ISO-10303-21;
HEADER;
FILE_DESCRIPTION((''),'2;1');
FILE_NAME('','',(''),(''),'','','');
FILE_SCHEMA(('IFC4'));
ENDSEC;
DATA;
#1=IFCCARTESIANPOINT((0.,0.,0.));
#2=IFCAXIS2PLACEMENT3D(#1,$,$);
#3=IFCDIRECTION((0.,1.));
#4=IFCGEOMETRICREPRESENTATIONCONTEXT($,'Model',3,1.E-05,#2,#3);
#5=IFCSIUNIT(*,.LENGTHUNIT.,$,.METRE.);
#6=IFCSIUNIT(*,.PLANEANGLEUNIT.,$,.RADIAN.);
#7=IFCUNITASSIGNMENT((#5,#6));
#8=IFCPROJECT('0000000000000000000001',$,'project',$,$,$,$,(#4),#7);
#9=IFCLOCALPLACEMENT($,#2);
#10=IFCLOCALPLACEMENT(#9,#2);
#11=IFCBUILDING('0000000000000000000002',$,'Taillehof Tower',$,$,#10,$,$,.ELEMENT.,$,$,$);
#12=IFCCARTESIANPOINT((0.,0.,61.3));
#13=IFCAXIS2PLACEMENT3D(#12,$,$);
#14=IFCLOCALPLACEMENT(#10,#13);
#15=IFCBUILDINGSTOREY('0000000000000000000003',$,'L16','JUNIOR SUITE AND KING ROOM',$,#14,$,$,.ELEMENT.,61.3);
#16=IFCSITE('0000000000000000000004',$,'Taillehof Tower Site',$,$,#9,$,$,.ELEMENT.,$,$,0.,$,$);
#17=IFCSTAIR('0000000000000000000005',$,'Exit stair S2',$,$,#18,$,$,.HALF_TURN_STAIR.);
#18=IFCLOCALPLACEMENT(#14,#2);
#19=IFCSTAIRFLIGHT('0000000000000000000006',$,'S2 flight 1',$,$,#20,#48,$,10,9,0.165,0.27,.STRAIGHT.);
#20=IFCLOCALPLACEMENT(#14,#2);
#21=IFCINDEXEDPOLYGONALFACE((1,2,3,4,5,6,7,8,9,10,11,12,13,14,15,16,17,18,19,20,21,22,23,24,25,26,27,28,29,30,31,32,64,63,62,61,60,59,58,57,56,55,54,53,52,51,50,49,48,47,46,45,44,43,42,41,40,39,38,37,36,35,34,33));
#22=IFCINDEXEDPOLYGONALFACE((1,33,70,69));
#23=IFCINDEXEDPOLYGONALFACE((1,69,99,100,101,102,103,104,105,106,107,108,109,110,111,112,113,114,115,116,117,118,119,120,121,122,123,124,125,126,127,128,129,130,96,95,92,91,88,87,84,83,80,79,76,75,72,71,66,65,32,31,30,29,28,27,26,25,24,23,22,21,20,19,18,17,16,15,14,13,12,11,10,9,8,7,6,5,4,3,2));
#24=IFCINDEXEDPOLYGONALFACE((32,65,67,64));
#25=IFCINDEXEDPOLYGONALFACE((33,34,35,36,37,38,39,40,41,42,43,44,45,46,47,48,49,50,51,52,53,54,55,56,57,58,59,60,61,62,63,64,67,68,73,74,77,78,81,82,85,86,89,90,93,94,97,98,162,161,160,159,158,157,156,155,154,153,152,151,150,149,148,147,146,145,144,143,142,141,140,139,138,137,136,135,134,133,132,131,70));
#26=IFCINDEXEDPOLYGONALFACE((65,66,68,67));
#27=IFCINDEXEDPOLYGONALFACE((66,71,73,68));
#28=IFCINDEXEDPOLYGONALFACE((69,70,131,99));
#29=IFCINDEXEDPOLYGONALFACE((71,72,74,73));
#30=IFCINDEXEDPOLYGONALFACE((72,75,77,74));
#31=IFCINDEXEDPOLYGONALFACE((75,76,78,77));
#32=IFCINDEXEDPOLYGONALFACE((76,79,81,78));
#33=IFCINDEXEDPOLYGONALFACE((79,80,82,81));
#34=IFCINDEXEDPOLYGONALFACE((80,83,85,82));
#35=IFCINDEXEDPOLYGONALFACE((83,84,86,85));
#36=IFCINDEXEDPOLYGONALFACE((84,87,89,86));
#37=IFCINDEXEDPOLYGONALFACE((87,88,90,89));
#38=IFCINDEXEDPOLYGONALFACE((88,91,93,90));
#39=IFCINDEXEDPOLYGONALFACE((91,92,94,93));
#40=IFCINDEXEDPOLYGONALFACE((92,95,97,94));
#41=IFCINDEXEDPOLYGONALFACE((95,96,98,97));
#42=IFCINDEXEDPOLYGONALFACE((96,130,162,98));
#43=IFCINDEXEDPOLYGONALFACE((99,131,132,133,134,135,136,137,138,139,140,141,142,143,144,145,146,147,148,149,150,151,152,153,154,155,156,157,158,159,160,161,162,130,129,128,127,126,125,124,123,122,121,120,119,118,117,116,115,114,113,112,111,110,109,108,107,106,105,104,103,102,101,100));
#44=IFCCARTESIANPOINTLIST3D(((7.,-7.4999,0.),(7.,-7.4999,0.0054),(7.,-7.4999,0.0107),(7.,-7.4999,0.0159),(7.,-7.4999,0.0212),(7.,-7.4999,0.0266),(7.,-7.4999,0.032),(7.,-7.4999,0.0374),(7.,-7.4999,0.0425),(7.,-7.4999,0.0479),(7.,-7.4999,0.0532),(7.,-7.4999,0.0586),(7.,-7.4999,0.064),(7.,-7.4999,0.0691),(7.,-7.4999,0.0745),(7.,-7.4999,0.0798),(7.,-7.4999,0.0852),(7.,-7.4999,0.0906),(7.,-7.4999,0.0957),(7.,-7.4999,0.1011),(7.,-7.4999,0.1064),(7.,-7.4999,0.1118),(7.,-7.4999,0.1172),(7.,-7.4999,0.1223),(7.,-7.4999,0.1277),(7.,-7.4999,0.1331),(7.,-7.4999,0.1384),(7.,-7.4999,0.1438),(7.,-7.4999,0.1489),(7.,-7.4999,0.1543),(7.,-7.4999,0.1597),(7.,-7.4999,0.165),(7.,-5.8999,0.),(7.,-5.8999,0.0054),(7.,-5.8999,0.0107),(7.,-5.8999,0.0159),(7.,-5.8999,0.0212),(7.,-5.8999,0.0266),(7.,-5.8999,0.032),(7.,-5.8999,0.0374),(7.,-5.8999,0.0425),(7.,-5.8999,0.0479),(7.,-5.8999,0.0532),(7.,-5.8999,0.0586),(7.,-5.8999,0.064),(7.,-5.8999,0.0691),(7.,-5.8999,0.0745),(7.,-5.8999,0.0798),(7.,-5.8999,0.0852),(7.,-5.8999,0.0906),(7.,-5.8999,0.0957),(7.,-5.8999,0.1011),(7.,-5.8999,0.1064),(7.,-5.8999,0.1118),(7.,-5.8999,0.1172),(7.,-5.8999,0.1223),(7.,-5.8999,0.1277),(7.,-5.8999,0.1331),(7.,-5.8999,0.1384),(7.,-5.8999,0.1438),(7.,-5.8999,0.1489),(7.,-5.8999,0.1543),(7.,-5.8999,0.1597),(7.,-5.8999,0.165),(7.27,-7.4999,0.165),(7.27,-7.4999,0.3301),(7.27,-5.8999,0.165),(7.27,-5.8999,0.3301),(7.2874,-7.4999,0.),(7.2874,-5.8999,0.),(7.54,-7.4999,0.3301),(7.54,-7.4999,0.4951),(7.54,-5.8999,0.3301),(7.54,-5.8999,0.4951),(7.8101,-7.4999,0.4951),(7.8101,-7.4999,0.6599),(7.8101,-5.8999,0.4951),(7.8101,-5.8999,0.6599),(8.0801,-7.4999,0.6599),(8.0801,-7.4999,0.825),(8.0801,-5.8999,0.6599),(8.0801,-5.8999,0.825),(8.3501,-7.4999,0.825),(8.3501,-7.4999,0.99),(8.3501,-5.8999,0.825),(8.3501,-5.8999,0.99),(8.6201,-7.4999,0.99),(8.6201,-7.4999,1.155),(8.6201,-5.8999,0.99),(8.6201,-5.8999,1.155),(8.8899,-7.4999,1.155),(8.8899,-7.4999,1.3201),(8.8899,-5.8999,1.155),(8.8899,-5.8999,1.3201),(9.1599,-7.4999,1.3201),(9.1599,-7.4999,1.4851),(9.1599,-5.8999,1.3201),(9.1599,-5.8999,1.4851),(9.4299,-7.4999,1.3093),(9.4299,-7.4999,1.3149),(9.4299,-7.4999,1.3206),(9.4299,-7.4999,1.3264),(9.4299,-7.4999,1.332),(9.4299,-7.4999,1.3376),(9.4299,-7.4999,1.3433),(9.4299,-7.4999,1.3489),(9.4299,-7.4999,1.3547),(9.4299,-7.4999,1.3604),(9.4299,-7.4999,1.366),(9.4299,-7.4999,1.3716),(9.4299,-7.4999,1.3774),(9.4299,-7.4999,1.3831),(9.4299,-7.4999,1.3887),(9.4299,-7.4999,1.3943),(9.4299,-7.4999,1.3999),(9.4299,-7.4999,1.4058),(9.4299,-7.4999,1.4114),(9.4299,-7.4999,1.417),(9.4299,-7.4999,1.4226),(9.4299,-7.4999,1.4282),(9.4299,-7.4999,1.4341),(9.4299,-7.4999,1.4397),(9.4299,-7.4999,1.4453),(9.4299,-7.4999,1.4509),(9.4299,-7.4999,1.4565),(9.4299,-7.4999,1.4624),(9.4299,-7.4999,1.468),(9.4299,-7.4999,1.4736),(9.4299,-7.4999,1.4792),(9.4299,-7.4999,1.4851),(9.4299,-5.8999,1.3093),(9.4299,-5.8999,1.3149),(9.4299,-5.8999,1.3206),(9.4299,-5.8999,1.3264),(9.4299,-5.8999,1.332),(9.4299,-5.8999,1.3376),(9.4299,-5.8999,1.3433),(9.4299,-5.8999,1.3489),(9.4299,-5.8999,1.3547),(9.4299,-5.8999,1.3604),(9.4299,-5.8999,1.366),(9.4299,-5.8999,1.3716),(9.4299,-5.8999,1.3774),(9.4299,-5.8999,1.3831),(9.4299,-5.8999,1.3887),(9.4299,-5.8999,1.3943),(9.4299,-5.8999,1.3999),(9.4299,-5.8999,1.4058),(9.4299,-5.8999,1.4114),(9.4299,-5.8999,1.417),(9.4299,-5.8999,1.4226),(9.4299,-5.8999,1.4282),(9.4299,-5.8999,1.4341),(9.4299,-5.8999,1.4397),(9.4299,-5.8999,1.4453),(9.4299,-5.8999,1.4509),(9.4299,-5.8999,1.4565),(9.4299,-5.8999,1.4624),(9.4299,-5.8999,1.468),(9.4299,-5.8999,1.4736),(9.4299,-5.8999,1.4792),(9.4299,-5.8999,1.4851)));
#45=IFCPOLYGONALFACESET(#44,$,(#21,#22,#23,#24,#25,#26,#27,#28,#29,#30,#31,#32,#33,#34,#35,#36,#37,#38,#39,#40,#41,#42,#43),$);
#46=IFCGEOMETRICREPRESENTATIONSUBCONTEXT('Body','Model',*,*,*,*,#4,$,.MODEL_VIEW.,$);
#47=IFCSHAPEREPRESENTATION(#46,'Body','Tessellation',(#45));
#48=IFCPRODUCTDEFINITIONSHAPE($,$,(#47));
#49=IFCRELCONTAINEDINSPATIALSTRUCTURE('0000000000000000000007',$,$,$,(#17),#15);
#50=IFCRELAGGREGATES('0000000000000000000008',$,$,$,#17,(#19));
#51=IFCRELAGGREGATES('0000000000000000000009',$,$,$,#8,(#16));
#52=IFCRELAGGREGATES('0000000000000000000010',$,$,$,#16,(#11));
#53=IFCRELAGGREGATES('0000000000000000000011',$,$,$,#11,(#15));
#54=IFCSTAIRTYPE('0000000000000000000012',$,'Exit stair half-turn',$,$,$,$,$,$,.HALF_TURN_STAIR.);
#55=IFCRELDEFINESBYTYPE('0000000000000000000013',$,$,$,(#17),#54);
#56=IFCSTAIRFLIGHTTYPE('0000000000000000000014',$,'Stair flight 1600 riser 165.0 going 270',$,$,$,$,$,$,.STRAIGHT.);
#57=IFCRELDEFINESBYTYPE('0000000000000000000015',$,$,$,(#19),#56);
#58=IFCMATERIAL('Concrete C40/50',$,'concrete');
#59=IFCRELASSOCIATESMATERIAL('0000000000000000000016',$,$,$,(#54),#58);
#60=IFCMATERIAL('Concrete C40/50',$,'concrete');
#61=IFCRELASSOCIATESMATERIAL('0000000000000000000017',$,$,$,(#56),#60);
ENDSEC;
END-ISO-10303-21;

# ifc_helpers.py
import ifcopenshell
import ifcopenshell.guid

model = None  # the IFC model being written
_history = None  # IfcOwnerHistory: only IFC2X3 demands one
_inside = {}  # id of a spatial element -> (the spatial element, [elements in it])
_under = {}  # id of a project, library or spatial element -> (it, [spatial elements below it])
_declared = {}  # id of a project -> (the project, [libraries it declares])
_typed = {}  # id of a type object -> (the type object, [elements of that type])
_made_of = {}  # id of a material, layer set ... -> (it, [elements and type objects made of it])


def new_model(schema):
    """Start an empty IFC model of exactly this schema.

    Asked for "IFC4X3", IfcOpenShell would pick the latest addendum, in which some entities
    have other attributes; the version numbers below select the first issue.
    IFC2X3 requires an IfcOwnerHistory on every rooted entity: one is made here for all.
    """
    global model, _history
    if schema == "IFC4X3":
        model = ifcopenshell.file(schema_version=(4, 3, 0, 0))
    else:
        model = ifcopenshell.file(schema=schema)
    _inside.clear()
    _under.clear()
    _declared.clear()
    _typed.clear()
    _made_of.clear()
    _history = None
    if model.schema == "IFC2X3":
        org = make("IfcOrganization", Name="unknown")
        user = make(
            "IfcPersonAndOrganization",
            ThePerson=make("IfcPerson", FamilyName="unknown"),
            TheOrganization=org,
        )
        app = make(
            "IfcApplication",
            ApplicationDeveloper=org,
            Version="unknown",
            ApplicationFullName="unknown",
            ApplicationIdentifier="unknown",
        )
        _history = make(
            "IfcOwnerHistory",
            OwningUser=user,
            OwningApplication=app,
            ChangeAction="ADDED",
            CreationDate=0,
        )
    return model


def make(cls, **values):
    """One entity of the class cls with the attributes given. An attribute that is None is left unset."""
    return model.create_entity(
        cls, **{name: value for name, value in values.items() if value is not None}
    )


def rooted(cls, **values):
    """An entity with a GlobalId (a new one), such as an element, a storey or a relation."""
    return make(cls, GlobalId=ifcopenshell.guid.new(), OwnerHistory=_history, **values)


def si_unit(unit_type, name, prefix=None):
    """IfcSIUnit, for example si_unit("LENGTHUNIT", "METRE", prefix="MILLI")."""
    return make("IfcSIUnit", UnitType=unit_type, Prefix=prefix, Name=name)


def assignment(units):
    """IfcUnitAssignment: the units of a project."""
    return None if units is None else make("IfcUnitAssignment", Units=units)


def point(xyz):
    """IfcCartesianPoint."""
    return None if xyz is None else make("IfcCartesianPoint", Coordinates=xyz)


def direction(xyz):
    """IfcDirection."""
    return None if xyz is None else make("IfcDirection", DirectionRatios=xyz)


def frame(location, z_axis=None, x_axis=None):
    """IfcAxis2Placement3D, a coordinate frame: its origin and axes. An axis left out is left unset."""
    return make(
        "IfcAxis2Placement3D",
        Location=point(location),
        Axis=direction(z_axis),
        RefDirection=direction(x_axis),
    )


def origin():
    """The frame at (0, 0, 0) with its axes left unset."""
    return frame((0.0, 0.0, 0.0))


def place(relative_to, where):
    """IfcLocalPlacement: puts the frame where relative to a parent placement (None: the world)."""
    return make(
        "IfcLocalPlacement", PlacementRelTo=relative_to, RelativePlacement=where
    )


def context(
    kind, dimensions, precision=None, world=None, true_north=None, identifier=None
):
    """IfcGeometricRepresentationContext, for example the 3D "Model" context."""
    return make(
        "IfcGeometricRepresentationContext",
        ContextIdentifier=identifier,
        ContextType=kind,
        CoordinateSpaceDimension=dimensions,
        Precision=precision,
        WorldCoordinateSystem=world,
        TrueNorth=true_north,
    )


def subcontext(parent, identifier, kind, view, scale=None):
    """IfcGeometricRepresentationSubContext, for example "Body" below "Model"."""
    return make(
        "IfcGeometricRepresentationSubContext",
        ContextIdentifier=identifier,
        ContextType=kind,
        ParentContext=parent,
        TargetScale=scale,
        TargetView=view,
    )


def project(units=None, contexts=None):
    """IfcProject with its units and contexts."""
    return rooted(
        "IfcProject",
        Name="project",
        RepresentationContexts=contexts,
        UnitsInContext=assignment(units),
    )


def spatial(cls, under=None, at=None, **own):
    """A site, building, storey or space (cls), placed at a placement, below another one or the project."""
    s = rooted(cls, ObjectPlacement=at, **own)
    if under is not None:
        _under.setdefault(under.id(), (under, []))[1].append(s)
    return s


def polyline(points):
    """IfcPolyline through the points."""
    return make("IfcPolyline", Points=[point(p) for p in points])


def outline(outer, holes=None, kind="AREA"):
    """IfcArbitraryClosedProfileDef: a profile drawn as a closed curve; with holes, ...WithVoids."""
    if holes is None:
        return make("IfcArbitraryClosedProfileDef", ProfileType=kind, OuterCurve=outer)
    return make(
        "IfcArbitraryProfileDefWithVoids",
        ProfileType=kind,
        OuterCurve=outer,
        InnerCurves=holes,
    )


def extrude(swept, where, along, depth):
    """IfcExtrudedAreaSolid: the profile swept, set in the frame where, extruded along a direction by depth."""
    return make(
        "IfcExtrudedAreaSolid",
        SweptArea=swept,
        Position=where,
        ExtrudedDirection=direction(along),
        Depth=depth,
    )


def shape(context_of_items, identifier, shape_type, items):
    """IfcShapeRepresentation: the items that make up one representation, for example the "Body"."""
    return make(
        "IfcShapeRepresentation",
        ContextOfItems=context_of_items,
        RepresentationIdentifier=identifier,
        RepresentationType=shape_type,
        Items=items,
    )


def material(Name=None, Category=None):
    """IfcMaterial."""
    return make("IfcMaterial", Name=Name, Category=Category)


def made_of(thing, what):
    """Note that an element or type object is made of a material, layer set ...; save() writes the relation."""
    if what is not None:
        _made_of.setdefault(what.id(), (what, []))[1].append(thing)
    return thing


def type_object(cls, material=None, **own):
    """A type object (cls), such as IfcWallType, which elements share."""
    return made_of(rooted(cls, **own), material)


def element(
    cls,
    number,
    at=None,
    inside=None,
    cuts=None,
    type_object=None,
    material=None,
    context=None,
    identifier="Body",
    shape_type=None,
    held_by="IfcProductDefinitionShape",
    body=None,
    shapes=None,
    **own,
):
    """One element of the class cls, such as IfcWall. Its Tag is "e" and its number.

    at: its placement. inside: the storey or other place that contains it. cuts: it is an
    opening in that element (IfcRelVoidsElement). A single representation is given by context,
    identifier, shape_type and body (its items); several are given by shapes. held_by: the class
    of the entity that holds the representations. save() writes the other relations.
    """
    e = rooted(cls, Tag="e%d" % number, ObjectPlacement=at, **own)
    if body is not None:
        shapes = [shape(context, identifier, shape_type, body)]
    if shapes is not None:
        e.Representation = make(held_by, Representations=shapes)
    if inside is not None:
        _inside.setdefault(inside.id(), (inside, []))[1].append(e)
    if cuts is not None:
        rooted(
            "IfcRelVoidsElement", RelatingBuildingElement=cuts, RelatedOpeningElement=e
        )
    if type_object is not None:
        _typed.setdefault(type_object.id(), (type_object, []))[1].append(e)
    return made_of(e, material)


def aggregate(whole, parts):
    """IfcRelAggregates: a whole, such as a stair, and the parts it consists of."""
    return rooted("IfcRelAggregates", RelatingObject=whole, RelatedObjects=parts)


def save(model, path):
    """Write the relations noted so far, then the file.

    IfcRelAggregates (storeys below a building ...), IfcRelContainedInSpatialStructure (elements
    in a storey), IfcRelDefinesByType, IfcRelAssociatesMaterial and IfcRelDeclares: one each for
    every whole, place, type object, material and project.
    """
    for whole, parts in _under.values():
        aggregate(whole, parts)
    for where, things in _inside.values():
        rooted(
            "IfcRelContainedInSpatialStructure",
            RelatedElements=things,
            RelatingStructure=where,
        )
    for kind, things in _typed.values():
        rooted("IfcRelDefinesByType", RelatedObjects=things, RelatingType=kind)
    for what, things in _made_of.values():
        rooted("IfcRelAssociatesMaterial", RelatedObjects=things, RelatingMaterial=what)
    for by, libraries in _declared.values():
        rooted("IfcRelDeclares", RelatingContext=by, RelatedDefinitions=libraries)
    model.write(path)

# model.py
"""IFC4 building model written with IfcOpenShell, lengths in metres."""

from ifc_helpers import new_model, si_unit, direction, frame, origin, place, context, subcontext, project, spatial, polyline, outline, extrude, material, type_object, element, aggregate, save


model = new_model("IFC4")

# Units and contexts
model_context = context("Model", 3, precision=1e-05, world=origin(), true_north=direction((0.0, 1.0)))
body_context = subcontext(model_context, "Body", "Model", "MODEL_VIEW")
ifc_project = project(units=[si_unit("LENGTHUNIT", "METRE"), si_unit("PLANEANGLEUNIT", "RADIAN")], contexts=[model_context])

# Site, building, storey
site_placement = place(None, origin())
site = spatial("IfcSite", under=ifc_project, at=site_placement, Name="Taillehof Tower Site", CompositionType="ELEMENT", RefElevation=0.0)
building_placement = place(site_placement, origin())
building = spatial("IfcBuilding", under=site, at=building_placement, Name="Taillehof Tower", CompositionType="ELEMENT")
storey_placement = place(building_placement, frame((0.0, 0.0, 61.3)))
storey = spatial("IfcBuildingStorey", under=building, at=storey_placement, Name="L16", Description="JUNIOR SUITE AND KING ROOM", CompositionType="ELEMENT", Elevation=61.3)

# Stair
ifc_material_1 = material(Name="Concrete C40/50", Category="concrete")
stair_type = type_object("IfcStairType", Name="Exit stair half-turn", PredefinedType="HALF_TURN_STAIR", material=ifc_material_1)
stair_1_placement = place(storey_placement, origin())
stair_1 = element("IfcStair", 1, at=stair_1_placement, inside=storey, type_object=stair_type, Name="Exit stair S2", PredefinedType="HALF_TURN_STAIR")

# Stair flight
ifc_material_2 = material(Name="Concrete C40/50", Category="concrete")
stair_flight_type = type_object("IfcStairFlightType", Name="Stair flight 1600 riser 165.0 going 270", PredefinedType="STRAIGHT", material=ifc_material_2)
stair_flight_placement = place(storey_placement, frame((7.0, -6.7, 0.0), z_axis=(0.0, 0.0, 1.0), x_axis=(1.0, 0.0, 0.0)))
stair_flight = element("IfcStairFlight", 2, at=stair_flight_placement, type_object=stair_flight_type, Name="S2 flight 1", NumberOfRisers=10, NumberOfTreads=9, PredefinedType="STRAIGHT", RiserHeight=0.165, TreadLength=0.27, context=body_context, shape_type="SweptSolid", body=[
    extrude(outline(polyline([(0.0, 0.0), (0.0, 0.0054), (0.0, 0.0107), (0.0, 0.0159), (0.0, 0.0212), (0.0, 0.0266), (0.0, 0.032), (0.0, 0.0374), (0.0, 0.0425), (0.0, 0.0479), (0.0, 0.0532), (0.0, 0.0586), (0.0, 0.064), (0.0, 0.0691), (0.0, 0.0745), (0.0, 0.0798), (0.0, 0.0852), (0.0, 0.0906), (0.0, 0.0957), (0.0, 0.1011), (0.0, 0.1064), (0.0, 0.1118), (0.0, 0.1172), (0.0, 0.1223), (0.0, 0.1277), (0.0, 0.1331), (0.0, 0.1384), (0.0, 0.1438), (0.0, 0.1489), (0.0, 0.1543), (0.0, 0.1597), (0.0, 0.165), (0.27, 0.165), (0.27, 0.3301), (0.54, 0.3301), (0.54, 0.4951), (0.8101, 0.4951), (0.8101, 0.6599), (1.0801, 0.6599), (1.0801, 0.825), (1.3501, 0.825), (1.3501, 0.99), (1.6201, 0.99), (1.6201, 1.155), (1.8899, 1.155), (1.8899, 1.3201), (2.1599, 1.3201), (2.1599, 1.4851), (2.4299, 1.4851), (2.4299, 1.4792), (2.4299, 1.4736), (2.4299, 1.468), (2.4299, 1.4624), (2.4299, 1.4565), (2.4299, 1.4509), (2.4299, 1.4453), (2.4299, 1.4397), (2.4299, 1.4341), (2.4299, 1.4282), (2.4299, 1.4226), (2.4299, 1.417), (2.4299, 1.4114), (2.4299, 1.4058), (2.4299, 1.3999), (2.4299, 1.3943), (2.4299, 1.3887), (2.4299, 1.3831), (2.4299, 1.3774), (2.4299, 1.3716), (2.4299, 1.366), (2.4299, 1.3604), (2.4299, 1.3547), (2.4299, 1.3489), (2.4299, 1.3433), (2.4299, 1.3376), (2.4299, 1.332), (2.4299, 1.3264), (2.4299, 1.3206), (2.4299, 1.3149), (2.4299, 1.3093), (0.2874, 0.0), (0.0, 0.0)])), frame((0.0, 0.8, 0.0), z_axis=(0.0, -1.0, 0.0), x_axis=(1.0, 0.0, 0.0)), (0.0, 0.0, 1.0), 1.6),
])
aggregate(stair_1, [stair_flight])

save(model, "model.ifc")
